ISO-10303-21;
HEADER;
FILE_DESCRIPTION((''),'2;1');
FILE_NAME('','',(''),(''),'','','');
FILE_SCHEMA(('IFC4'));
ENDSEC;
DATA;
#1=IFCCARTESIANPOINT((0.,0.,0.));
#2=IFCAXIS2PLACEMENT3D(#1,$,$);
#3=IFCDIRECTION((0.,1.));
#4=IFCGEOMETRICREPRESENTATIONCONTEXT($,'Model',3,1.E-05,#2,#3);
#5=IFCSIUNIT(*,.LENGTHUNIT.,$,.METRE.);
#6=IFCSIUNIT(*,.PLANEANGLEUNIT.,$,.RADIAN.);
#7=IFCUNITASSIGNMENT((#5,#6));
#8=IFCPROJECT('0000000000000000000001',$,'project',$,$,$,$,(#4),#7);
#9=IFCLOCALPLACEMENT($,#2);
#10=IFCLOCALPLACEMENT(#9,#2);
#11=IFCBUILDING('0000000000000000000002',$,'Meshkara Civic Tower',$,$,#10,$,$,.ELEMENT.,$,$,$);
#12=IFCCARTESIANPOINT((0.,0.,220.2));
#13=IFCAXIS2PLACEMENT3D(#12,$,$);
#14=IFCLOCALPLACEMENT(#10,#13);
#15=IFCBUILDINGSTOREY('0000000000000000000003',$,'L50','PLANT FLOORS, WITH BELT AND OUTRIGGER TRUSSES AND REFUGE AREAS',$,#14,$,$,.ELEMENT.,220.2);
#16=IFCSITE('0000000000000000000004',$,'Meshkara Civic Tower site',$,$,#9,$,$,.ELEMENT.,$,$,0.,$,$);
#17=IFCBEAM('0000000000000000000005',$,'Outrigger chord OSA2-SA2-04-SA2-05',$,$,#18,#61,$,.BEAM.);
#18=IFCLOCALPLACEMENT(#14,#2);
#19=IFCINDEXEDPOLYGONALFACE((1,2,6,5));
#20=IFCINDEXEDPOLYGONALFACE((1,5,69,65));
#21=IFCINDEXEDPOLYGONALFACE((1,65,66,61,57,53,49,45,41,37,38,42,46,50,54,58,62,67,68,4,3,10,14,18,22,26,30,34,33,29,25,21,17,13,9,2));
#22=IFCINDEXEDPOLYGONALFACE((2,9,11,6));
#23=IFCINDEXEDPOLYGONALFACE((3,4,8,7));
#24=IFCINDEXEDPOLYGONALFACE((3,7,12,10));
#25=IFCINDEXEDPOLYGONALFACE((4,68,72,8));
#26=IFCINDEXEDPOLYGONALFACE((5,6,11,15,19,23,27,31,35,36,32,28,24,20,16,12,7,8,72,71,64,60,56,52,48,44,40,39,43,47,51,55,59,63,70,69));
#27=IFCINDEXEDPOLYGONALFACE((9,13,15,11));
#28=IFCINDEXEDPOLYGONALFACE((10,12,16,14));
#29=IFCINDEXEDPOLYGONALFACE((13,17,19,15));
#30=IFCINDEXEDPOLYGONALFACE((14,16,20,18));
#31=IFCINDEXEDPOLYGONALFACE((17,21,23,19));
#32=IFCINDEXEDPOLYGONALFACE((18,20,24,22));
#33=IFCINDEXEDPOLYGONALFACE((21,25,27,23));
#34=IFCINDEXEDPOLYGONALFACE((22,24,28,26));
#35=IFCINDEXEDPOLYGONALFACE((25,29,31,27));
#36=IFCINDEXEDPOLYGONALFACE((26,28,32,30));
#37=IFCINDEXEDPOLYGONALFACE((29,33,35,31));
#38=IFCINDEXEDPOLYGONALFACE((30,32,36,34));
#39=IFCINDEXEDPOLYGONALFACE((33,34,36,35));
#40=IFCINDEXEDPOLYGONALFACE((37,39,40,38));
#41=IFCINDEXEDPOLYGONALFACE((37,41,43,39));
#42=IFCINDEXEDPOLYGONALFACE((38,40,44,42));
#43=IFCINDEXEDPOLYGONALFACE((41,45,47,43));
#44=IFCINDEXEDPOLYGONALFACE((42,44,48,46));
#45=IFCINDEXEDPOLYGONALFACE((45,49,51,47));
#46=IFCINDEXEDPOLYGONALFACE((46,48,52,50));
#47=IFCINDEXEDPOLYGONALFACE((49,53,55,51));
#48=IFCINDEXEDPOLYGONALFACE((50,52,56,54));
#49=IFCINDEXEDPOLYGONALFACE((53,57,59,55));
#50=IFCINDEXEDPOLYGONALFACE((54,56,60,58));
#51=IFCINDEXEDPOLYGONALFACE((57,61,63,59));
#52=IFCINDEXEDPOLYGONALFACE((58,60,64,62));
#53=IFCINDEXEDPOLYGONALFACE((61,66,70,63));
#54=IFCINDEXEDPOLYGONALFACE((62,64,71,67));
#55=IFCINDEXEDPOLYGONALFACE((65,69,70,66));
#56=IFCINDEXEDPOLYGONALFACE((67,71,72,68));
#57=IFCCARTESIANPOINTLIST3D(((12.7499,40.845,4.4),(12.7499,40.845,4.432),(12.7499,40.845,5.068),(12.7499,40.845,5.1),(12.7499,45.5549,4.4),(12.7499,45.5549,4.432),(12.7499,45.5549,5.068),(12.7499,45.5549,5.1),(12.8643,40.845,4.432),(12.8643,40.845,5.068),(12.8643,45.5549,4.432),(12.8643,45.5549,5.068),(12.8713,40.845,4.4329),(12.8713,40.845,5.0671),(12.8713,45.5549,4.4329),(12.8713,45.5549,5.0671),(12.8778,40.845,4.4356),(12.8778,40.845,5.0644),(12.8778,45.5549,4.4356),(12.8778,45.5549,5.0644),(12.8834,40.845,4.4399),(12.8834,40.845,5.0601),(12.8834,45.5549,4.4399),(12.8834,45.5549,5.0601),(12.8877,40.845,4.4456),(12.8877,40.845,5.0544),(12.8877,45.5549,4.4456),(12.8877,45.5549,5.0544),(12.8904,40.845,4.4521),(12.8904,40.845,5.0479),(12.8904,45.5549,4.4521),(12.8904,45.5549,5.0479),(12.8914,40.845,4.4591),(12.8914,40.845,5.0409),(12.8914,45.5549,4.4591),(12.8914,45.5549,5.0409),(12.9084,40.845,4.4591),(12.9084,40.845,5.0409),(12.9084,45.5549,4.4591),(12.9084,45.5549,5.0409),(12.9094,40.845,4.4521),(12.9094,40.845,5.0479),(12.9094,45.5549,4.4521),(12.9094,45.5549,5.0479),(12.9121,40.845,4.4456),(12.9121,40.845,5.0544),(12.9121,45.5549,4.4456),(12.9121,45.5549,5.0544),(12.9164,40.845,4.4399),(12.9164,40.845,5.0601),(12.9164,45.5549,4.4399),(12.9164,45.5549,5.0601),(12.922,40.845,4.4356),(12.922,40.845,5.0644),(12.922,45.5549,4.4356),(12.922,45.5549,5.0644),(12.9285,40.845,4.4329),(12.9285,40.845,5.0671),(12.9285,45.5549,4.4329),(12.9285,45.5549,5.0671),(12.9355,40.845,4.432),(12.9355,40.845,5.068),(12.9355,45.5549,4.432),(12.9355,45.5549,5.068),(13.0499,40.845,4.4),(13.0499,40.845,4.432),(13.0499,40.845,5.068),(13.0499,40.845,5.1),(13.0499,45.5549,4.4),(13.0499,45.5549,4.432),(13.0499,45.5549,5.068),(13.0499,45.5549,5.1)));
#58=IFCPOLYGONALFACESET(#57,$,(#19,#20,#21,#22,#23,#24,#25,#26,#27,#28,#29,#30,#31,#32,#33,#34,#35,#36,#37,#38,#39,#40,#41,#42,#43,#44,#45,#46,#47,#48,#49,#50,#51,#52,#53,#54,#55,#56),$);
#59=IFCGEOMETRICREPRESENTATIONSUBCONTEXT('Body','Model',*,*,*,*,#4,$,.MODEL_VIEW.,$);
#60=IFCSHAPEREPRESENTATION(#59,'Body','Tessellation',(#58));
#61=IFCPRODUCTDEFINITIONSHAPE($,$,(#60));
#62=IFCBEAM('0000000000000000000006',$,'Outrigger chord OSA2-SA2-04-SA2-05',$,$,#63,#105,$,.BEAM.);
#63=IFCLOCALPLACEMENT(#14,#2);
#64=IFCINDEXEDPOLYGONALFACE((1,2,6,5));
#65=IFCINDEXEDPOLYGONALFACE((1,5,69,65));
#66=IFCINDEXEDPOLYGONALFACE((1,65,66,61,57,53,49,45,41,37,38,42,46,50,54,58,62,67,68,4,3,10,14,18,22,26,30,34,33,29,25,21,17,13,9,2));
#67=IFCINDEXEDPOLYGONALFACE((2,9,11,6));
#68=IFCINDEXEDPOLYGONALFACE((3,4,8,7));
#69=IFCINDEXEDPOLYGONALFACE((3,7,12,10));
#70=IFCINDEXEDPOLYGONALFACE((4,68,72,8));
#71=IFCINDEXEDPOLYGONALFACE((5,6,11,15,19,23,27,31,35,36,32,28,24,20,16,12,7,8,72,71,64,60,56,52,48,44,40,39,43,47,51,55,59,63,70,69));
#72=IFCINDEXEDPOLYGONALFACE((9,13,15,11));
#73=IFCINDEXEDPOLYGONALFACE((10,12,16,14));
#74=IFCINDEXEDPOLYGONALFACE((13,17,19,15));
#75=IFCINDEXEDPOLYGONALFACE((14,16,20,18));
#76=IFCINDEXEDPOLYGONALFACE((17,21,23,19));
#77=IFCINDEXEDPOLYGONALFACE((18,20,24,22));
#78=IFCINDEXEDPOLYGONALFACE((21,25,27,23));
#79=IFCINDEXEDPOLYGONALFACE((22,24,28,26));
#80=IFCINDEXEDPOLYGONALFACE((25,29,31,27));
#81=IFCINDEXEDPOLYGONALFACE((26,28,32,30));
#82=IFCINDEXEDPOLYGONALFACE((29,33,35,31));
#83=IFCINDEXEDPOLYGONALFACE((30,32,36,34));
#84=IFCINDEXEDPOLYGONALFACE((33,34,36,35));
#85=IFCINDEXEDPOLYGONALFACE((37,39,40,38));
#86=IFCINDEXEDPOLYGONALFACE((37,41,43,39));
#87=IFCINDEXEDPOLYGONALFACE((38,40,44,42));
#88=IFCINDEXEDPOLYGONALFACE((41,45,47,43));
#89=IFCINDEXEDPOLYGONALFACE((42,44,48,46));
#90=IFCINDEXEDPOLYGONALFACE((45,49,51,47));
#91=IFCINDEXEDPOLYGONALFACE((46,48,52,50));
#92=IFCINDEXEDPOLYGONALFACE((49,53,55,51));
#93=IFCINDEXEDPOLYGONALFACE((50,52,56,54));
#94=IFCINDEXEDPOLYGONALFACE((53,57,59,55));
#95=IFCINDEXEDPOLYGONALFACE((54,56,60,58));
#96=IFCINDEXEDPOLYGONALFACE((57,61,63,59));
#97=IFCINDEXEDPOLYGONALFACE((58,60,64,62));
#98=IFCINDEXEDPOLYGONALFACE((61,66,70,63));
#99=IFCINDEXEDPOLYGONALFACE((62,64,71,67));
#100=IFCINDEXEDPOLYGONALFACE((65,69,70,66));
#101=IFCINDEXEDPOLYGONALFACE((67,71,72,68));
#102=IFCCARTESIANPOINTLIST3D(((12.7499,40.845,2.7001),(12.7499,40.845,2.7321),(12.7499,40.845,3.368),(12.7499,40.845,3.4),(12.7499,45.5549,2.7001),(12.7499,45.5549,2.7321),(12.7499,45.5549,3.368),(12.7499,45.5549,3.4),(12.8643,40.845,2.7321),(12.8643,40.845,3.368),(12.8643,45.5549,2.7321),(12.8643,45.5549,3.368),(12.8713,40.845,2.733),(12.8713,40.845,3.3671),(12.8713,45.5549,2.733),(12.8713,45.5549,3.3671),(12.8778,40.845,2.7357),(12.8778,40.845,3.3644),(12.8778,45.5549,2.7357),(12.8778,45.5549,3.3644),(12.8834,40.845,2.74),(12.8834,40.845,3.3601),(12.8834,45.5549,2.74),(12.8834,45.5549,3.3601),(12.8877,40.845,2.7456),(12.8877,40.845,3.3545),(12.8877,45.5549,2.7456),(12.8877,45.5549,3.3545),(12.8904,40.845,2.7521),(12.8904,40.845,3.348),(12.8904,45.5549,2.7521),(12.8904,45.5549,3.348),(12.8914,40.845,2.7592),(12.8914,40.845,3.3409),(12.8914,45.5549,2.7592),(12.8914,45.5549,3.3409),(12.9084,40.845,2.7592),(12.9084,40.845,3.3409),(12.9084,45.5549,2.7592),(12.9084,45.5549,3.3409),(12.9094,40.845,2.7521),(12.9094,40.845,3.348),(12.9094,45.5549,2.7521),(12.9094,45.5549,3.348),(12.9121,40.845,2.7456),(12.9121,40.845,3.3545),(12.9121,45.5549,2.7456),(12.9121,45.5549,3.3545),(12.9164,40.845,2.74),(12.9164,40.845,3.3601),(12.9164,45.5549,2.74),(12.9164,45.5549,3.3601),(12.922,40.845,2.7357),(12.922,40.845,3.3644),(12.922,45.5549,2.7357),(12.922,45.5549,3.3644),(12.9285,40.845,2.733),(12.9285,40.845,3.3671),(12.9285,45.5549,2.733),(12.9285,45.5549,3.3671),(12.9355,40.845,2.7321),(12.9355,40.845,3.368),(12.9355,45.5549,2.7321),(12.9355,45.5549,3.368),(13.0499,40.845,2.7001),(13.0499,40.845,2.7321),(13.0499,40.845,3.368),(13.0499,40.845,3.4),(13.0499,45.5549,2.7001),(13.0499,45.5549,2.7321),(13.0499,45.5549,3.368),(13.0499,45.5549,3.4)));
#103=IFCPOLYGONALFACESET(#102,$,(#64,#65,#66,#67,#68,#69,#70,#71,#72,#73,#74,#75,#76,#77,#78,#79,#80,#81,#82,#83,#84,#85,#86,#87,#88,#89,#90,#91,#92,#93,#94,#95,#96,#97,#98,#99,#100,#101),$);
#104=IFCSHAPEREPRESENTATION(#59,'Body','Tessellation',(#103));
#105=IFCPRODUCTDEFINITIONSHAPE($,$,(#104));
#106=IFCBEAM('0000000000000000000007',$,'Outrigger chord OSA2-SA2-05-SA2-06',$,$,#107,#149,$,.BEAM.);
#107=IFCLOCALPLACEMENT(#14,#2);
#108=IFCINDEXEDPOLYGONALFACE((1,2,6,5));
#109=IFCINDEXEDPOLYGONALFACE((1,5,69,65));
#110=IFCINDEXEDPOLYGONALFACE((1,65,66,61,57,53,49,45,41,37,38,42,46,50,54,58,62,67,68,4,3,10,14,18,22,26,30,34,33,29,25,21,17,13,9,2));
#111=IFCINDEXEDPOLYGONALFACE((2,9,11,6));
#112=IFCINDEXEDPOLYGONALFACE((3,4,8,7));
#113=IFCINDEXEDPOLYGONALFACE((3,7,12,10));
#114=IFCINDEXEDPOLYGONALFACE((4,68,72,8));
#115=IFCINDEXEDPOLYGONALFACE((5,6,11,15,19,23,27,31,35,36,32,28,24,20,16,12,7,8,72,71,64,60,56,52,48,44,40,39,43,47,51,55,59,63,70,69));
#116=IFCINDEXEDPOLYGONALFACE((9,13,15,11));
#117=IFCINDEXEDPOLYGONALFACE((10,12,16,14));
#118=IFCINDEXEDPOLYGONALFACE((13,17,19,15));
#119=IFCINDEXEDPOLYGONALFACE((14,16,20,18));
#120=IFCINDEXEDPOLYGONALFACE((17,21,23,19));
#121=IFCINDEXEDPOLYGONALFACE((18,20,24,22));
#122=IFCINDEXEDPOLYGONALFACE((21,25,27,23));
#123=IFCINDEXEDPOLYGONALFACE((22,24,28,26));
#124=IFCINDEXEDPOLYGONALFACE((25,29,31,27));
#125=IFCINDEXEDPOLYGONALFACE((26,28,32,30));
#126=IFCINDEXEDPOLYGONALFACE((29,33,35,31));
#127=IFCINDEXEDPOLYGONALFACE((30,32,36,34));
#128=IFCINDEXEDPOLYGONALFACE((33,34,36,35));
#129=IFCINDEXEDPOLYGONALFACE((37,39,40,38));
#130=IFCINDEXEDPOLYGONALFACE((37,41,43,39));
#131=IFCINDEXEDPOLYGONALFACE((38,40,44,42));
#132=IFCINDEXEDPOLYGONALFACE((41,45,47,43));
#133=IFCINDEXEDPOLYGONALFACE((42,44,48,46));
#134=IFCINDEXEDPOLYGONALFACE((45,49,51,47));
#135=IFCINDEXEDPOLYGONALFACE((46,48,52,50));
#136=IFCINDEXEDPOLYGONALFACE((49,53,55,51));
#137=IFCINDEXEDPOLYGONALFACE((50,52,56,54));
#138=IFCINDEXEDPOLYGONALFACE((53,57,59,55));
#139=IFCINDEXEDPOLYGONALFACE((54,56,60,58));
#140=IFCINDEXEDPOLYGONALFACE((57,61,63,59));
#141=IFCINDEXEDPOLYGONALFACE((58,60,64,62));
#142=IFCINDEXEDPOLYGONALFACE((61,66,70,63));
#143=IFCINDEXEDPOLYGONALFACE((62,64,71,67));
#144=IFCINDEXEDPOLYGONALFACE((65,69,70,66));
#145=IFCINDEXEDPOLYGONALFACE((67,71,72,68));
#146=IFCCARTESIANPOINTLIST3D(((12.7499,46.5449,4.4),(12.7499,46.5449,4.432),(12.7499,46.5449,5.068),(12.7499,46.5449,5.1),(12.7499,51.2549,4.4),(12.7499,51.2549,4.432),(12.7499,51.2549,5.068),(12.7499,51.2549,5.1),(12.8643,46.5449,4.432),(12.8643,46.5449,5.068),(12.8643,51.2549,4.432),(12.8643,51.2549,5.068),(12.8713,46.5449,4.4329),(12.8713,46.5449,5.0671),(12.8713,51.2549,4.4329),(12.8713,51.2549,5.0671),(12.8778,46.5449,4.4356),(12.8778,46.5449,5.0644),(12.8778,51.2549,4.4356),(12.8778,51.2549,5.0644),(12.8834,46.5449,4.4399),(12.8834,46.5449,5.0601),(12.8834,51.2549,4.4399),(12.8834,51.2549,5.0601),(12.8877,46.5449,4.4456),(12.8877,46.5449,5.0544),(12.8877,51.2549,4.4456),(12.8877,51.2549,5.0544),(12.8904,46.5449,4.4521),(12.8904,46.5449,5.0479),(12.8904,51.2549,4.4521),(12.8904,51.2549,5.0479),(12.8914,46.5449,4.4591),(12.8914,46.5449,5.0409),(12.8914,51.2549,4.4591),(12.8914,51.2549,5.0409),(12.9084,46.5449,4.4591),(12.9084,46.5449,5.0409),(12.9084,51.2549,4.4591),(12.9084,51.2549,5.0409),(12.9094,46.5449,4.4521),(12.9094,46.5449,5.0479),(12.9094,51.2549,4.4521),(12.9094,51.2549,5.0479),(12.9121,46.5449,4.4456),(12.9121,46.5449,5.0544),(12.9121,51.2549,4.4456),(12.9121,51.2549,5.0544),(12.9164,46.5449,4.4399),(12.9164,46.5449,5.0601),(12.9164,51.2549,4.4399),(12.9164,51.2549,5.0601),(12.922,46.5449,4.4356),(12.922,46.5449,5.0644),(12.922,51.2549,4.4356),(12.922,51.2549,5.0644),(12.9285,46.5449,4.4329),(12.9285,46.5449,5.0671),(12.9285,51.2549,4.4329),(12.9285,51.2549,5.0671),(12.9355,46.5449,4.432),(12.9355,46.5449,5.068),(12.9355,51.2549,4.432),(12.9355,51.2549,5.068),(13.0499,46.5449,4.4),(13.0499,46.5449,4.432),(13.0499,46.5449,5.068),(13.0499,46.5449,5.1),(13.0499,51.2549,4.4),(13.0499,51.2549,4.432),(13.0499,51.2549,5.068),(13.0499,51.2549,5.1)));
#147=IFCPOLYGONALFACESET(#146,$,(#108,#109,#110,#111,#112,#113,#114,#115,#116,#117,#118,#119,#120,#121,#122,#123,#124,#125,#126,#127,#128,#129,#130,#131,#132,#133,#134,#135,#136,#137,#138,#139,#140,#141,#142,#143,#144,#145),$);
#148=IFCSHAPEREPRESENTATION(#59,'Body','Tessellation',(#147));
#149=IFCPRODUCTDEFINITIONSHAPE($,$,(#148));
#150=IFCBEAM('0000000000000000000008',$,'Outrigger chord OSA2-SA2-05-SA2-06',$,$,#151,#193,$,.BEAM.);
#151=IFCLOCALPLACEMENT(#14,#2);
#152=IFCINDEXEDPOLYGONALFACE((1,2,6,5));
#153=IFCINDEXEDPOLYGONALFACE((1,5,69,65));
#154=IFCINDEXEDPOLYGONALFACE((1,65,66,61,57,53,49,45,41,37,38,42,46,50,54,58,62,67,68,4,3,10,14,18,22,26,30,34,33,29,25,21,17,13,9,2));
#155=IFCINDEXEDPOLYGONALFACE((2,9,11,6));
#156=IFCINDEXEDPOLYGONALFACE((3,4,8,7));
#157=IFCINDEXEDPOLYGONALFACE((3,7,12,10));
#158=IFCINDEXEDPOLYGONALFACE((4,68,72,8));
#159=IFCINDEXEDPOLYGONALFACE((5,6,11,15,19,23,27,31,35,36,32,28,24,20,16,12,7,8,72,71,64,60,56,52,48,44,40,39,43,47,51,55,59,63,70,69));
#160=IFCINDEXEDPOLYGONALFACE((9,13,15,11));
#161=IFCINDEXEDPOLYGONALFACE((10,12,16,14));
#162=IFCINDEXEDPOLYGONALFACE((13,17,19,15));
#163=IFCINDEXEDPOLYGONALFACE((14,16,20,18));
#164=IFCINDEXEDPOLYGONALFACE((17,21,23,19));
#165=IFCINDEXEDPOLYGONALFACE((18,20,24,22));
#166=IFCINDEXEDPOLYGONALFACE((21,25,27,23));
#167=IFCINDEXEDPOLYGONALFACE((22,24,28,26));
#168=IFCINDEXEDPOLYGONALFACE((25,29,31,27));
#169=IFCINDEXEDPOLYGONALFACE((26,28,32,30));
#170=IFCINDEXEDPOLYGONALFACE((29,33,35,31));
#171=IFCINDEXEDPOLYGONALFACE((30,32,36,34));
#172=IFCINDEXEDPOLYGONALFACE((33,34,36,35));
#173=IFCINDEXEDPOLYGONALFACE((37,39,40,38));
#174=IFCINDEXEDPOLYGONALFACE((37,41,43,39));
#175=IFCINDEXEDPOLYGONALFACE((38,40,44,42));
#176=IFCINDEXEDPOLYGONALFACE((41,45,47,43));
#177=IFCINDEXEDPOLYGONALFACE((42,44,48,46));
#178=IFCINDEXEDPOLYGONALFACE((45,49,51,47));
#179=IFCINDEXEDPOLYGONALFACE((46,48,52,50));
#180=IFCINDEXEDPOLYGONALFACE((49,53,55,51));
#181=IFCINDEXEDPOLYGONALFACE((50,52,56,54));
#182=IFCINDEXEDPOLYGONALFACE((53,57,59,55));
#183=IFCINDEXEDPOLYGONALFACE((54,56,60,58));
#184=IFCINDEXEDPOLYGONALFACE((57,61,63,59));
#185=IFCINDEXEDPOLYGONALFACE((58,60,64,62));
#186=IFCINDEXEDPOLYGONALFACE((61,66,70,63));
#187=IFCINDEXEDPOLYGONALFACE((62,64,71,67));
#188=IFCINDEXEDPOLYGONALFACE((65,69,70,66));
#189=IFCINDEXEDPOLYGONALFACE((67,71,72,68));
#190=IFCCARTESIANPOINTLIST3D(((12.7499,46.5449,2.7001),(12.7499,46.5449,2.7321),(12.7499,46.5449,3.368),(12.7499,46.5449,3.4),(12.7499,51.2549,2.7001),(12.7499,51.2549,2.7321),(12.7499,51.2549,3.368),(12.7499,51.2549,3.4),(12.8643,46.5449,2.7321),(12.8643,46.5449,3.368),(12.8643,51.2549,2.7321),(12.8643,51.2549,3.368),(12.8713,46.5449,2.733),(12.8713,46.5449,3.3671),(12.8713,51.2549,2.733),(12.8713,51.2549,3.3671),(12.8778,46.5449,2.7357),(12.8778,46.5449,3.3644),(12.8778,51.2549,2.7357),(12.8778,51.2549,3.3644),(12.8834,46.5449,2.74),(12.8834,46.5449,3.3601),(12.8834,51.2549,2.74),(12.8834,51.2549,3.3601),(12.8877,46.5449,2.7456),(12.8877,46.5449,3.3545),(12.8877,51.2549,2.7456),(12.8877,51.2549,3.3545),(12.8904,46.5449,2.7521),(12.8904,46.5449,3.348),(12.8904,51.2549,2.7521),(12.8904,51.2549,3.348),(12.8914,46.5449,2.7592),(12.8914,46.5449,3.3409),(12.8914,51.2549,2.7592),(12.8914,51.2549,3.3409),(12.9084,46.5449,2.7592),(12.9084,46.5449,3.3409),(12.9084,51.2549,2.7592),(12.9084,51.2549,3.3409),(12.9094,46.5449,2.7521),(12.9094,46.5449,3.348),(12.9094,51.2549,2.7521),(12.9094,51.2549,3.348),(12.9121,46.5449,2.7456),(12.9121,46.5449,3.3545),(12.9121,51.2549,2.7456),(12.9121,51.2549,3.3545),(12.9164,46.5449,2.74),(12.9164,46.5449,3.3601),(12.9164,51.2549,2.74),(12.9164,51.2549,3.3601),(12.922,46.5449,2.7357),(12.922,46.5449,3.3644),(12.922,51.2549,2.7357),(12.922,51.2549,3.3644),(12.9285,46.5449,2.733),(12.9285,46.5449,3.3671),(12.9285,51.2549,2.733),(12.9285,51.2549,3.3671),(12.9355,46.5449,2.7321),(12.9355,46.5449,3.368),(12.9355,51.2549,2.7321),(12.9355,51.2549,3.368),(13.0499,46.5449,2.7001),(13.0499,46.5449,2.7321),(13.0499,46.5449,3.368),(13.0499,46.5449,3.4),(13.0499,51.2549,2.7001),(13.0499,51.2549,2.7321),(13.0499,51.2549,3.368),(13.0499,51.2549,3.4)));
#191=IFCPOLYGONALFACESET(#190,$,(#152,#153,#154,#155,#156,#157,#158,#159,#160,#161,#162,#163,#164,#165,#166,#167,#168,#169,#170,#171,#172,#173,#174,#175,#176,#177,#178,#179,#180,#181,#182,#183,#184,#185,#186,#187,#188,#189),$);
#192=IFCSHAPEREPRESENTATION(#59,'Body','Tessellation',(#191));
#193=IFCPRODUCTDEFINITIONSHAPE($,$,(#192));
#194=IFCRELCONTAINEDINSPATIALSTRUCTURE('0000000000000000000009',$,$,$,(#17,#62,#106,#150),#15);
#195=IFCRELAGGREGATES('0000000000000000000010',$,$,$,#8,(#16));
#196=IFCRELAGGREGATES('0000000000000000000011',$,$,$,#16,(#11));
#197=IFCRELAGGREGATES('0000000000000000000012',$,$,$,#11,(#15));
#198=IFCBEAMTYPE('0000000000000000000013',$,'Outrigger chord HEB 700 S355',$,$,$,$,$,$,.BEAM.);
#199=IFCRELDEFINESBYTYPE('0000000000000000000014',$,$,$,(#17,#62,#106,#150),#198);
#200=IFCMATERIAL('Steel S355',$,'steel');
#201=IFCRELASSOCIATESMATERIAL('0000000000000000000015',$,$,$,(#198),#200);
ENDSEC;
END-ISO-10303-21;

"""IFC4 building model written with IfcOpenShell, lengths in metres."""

from ifc_helpers import new_model, si_unit, direction, frame, origin, origin_2d, place, context, subcontext, project, spatial, i_section, extrude, material, material_profile, profile_set, type_object, element, save


model = new_model("IFC4")

# Units and contexts
model_context = context("Model", 3, precision=1e-05, world=origin(), true_north=direction((0.0, 1.0)))
body_context = subcontext(model_context, "Body", "Model", "MODEL_VIEW")
ifc_project = project(units=[si_unit("LENGTHUNIT", "METRE"), si_unit("PLANEANGLEUNIT", "RADIAN")], contexts=[model_context])

# Site, building, storey
site_placement = place(None, origin())
site = spatial("IfcSite", under=ifc_project, at=site_placement, Name="Meshkara Civic Tower site", CompositionType="ELEMENT", RefElevation=0.0)
building_placement = place(site_placement, origin())
building = spatial("IfcBuilding", under=site, at=building_placement, Name="Meshkara Civic Tower", CompositionType="ELEMENT")
storey_placement = place(building_placement, frame((0.0, 0.0, 220.2)))
storey = spatial("IfcBuildingStorey", under=building, at=storey_placement, Name="L50", Description="PLANT FLOORS, WITH BELT AND OUTRIGGER TRUSSES AND REFUGE AREAS", CompositionType="ELEMENT", Elevation=220.2)

# Beams
ifc_material_1 = material(Name="Steel S355", Category="steel")
ifc_material_profile_1 = material_profile(ifc_material_1, i_section(OverallWidth=0.3, OverallDepth=0.7, WebThickness=0.0171, FlangeThickness=0.032, FilletRadius=0.0271, at=origin_2d()))
ifc_profile_set_1 = profile_set([ifc_material_profile_1], Name="Steel S355")
beam_type_1 = type_object("IfcBeamType", Name="Outrigger chord HEB 700 S355", PredefinedType="BEAM", material=ifc_profile_set_1)
for number, where, z_axis, x_axis, name in (
    (1, (12.8999, 40.845, 4.75), (0.0, 1.0, 0.0), (-1.0, 0.0, 0.0), "Outrigger chord OSA2-SA2-04-SA2-05"),
    (2, (12.8999, 40.845, 3.05), (0.0, 1.0, 0.0), (-1.0, 0.0, 0.0), "Outrigger chord OSA2-SA2-04-SA2-05"),
    (3, (12.8999, 46.5449, 4.75), (0.0, 1.0, 0.0), (-1.0, 0.0, 0.0), "Outrigger chord OSA2-SA2-05-SA2-06"),
    (4, (12.8999, 46.5449, 3.05), (0.0, 1.0, 0.0), (-1.0, 0.0, 0.0), "Outrigger chord OSA2-SA2-05-SA2-06"),
):
    element("IfcBeam", number, at=place(storey_placement, frame(where, z_axis=z_axis, x_axis=x_axis)), inside=storey, type_object=beam_type_1, Name=name, PredefinedType="BEAM", context=body_context, shape_type="SweptSolid", body=[
        extrude(i_section(OverallWidth=0.3, OverallDepth=0.7, WebThickness=0.0171, FlangeThickness=0.032, FilletRadius=0.0271, at=origin_2d()), origin(), (0.0, 0.0, 1.0), 4.71),
    ])

save(model, "model.ifc")
